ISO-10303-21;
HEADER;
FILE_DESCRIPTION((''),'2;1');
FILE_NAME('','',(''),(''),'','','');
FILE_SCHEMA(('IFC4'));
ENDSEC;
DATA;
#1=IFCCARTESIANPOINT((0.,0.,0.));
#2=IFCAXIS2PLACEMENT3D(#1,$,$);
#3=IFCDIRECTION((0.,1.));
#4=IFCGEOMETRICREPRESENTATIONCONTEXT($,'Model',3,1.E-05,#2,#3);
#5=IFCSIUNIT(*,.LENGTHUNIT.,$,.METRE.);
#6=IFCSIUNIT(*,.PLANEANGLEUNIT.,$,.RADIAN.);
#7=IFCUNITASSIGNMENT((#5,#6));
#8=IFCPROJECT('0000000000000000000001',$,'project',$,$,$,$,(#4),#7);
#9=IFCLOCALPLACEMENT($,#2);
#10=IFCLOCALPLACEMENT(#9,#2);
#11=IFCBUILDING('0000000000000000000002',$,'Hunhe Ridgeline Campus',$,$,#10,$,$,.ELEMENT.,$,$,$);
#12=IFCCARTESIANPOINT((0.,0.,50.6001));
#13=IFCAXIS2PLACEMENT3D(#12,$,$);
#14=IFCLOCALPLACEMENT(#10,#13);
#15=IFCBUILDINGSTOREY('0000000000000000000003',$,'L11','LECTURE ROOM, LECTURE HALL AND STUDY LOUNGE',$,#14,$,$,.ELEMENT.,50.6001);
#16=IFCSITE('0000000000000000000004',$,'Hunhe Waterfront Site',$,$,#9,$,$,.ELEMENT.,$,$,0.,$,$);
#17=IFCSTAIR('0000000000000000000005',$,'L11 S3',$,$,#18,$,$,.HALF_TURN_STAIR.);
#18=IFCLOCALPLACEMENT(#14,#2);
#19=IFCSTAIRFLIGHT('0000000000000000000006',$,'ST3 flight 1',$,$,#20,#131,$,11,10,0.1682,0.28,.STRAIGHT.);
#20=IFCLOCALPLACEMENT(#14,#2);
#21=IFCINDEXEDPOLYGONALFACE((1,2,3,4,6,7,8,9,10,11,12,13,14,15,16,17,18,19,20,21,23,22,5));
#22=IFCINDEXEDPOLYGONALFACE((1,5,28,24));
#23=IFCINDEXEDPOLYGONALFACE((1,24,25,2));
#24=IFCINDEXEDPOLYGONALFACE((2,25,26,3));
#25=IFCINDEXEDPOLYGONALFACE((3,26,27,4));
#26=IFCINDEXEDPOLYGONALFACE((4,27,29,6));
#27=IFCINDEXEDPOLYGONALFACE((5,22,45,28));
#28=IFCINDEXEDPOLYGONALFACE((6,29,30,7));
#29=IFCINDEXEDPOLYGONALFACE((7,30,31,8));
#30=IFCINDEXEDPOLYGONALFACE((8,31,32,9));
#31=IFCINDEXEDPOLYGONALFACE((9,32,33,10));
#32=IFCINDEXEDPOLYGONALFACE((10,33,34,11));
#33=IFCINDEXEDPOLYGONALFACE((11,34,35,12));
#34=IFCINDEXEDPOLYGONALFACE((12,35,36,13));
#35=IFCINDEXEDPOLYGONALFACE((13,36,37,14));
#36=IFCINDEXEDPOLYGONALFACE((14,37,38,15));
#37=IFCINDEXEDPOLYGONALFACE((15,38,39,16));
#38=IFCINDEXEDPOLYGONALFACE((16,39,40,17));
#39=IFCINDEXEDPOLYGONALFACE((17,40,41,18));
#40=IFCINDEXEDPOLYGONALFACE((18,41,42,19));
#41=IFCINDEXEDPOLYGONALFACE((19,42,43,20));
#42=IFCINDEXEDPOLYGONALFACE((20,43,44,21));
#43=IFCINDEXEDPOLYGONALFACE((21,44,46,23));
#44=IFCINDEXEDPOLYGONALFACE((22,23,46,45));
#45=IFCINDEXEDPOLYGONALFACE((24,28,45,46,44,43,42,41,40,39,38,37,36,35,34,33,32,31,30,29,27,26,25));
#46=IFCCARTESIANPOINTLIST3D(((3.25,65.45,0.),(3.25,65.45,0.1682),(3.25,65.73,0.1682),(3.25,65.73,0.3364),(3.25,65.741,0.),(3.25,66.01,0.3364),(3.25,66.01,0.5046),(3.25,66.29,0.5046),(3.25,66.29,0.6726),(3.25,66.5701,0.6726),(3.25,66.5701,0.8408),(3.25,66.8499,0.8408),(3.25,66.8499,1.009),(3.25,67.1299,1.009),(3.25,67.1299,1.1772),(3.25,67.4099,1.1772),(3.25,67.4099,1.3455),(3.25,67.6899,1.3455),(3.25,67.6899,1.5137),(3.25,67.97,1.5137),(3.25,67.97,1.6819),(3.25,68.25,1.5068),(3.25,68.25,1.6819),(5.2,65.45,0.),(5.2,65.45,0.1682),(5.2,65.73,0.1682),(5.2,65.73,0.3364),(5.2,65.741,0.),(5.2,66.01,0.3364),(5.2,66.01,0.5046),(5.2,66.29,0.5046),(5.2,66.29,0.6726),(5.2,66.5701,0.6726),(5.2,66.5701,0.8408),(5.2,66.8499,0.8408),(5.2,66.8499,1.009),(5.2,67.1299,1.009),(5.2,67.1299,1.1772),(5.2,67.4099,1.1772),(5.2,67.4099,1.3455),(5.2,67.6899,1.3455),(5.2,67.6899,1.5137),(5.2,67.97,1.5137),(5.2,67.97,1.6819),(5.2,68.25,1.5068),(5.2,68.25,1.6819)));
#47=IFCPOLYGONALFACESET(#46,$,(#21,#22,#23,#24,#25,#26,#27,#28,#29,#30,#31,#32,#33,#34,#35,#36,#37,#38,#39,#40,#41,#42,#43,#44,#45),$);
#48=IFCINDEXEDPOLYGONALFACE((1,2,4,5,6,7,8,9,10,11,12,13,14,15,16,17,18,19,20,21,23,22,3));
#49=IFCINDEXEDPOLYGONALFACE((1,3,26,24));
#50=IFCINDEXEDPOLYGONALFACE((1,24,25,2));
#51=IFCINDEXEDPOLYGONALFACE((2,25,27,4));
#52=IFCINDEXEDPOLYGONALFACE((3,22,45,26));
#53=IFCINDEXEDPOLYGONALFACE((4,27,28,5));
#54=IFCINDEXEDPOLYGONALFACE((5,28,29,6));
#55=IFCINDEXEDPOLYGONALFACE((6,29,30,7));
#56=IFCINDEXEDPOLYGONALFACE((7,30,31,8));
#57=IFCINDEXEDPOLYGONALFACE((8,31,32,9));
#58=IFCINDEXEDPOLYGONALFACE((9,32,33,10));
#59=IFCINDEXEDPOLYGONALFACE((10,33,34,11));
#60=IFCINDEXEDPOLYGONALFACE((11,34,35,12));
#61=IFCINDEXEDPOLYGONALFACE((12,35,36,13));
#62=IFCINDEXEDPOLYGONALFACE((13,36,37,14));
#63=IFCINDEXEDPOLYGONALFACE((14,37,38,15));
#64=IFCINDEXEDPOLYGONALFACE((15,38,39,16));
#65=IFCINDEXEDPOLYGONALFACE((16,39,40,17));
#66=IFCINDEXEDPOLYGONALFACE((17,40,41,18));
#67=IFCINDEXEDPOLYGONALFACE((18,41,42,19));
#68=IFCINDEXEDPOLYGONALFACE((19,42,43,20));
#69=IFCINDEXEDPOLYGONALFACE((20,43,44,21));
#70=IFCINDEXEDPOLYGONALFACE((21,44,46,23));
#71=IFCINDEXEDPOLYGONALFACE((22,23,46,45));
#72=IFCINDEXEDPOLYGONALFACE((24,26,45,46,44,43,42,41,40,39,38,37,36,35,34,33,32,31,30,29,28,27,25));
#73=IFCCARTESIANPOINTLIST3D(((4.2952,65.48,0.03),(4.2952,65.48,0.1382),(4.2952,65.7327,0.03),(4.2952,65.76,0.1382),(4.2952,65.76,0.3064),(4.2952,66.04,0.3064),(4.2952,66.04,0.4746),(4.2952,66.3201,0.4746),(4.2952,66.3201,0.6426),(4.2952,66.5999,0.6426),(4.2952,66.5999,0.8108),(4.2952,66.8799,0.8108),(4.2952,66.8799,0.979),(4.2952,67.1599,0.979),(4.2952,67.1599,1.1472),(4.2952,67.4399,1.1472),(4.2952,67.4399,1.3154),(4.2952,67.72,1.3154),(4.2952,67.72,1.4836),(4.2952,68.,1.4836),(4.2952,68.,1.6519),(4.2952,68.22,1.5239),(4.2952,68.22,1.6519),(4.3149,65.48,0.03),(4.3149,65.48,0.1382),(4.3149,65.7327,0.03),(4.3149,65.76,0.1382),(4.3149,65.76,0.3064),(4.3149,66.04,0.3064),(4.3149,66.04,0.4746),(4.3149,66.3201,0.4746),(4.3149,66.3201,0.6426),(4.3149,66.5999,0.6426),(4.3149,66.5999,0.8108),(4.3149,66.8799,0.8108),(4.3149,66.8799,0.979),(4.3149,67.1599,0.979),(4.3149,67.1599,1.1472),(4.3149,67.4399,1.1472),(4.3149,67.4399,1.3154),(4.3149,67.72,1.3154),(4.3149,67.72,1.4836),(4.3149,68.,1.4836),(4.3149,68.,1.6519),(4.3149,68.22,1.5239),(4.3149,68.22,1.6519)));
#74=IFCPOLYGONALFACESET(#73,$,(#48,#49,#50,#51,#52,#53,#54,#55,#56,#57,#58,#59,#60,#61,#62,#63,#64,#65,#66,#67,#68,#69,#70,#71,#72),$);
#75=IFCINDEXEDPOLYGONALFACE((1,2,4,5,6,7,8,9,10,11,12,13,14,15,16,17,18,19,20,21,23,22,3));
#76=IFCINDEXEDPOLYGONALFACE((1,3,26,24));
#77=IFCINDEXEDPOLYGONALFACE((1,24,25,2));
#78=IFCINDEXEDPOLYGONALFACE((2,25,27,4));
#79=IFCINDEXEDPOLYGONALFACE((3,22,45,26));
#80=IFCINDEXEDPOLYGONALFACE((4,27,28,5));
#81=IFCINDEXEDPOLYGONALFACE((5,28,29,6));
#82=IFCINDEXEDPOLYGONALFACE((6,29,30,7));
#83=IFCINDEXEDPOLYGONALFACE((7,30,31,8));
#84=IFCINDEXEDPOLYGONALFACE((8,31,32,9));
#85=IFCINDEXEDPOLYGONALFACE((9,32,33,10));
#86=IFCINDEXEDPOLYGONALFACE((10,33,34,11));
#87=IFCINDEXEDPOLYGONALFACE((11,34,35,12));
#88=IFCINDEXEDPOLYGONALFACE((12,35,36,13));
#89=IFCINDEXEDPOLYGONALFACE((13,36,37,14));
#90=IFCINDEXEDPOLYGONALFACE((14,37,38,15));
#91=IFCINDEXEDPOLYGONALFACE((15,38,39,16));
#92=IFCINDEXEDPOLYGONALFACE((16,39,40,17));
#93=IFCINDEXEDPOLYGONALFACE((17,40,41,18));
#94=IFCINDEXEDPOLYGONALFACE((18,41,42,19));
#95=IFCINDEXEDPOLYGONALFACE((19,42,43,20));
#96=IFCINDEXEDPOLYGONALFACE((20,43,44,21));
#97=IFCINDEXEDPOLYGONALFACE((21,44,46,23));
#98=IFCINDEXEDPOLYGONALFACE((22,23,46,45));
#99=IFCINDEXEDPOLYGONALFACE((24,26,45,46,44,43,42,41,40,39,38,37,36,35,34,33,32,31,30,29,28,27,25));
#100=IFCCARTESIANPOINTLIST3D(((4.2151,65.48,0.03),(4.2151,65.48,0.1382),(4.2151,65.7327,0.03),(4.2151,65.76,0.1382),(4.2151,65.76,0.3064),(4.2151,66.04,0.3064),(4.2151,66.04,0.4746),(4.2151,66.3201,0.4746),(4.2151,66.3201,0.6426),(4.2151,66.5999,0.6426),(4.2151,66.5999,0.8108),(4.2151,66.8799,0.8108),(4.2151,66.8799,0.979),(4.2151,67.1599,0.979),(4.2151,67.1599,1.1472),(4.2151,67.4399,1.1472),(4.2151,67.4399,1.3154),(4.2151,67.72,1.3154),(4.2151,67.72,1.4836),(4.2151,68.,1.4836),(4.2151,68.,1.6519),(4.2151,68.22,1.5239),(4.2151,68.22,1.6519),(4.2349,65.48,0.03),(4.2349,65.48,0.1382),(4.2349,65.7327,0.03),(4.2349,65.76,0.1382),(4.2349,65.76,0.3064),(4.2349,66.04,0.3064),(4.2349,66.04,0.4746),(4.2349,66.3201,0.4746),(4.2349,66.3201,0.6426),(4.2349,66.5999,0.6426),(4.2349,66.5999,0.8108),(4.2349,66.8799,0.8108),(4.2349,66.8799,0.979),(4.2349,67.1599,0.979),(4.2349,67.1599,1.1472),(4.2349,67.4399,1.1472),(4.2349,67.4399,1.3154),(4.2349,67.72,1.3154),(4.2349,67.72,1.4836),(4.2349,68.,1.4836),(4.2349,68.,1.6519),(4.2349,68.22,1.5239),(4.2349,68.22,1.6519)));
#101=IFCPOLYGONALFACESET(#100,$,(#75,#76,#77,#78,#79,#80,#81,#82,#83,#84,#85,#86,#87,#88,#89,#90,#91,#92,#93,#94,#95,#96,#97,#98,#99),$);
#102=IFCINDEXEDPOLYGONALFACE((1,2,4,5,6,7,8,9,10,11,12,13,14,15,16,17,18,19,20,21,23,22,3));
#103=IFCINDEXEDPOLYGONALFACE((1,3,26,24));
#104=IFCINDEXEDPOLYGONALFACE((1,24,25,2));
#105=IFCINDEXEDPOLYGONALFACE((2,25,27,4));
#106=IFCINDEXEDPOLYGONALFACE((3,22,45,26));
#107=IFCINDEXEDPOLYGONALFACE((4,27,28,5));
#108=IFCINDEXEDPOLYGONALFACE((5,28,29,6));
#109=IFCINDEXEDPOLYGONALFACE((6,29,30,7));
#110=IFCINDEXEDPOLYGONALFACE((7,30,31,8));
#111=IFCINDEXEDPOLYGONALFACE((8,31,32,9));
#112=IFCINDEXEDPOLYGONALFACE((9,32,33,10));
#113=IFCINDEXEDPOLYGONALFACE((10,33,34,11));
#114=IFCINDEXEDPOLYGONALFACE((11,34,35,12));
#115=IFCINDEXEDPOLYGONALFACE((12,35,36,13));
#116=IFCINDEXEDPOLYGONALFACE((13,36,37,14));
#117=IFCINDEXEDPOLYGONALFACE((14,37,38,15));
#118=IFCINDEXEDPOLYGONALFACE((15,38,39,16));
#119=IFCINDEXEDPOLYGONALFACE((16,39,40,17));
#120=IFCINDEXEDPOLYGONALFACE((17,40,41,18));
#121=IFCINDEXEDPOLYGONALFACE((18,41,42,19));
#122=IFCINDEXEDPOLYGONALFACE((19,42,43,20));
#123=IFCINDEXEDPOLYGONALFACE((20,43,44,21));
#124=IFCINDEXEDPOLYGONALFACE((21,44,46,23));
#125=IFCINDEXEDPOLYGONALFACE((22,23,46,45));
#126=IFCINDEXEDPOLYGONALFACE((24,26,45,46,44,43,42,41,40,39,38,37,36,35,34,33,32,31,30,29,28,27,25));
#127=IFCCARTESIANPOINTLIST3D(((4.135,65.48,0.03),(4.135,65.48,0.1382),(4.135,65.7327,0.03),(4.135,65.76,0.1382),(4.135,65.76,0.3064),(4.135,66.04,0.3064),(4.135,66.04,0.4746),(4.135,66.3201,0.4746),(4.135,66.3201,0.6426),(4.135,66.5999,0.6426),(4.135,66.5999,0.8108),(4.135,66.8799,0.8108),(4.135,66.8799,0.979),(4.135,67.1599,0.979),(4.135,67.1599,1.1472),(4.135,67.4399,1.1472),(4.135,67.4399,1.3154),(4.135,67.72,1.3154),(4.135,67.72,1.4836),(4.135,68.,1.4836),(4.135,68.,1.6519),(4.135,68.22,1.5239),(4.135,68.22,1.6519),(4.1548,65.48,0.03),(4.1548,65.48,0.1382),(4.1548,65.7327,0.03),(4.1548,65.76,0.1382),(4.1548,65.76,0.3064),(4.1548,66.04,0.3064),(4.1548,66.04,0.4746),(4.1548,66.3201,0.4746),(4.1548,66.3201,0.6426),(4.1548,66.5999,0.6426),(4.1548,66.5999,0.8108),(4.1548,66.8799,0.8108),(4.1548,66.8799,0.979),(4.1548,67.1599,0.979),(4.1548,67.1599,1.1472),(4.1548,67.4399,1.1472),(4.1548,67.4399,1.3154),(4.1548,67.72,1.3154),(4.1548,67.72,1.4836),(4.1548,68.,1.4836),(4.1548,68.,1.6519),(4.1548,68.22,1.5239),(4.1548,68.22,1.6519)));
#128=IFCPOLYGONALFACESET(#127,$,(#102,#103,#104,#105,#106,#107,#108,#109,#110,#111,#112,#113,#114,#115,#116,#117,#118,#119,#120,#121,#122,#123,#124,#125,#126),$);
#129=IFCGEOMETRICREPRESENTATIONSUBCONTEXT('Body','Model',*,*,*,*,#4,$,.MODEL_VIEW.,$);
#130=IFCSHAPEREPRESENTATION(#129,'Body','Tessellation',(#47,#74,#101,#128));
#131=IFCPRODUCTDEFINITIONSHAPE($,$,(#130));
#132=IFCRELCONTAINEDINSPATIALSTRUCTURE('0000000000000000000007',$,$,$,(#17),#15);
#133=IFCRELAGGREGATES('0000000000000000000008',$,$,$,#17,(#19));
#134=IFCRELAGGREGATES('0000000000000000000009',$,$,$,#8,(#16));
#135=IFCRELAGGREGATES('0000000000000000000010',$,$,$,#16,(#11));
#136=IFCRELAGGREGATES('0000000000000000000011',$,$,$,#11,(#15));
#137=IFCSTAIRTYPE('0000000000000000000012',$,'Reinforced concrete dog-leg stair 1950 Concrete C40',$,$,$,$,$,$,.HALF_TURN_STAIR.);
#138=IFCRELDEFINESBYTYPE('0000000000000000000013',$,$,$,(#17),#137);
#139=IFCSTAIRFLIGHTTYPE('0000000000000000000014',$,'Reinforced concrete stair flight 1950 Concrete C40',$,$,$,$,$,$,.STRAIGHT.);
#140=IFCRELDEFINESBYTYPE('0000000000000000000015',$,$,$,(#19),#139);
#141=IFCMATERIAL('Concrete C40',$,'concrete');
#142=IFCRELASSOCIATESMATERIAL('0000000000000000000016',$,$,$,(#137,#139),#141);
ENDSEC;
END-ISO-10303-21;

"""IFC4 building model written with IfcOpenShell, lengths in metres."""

from ifc_helpers import new_model, si_unit, direction, frame, origin, place, context, subcontext, project, spatial, polyline, outline, extrude, material, type_object, element, aggregate, save


model = new_model("IFC4")

# Units and contexts
model_context = context("Model", 3, precision=1e-05, world=origin(), true_north=direction((0.0, 1.0)))
body_context = subcontext(model_context, "Body", "Model", "MODEL_VIEW")
ifc_project = project(units=[si_unit("LENGTHUNIT", "METRE"), si_unit("PLANEANGLEUNIT", "RADIAN")], contexts=[model_context])

# Site, building, storey
site_placement = place(None, origin())
site = spatial("IfcSite", under=ifc_project, at=site_placement, Name="Hunhe Waterfront Site", CompositionType="ELEMENT", RefElevation=0.0)
building_placement = place(site_placement, origin())
building = spatial("IfcBuilding", under=site, at=building_placement, Name="Hunhe Ridgeline Campus", CompositionType="ELEMENT")
storey_placement = place(building_placement, frame((0.0, 0.0, 50.6001)))
storey = spatial("IfcBuildingStorey", under=building, at=storey_placement, Name="L11", Description="LECTURE ROOM, LECTURE HALL AND STUDY LOUNGE", CompositionType="ELEMENT", Elevation=50.6001)

# Stair, stair flight
ifc_material_1 = material(Name="Concrete C40", Category="concrete")
stair_type = type_object("IfcStairType", Name="Reinforced concrete dog-leg stair 1950 Concrete C40", PredefinedType="HALF_TURN_STAIR", material=ifc_material_1)
stair_1_placement = place(storey_placement, origin())
stair_1 = element("IfcStair", 1, at=stair_1_placement, inside=storey, type_object=stair_type, Name="L11 S3", PredefinedType="HALF_TURN_STAIR")
stair_flight_type = type_object("IfcStairFlightType", Name="Reinforced concrete stair flight 1950 Concrete C40", PredefinedType="STRAIGHT", material=ifc_material_1)
stair_flight_1_placement = place(storey_placement, frame((4.2251, 65.45, 0.0), z_axis=(0.0, 0.0, 1.0), x_axis=(0.0, 1.0, 0.0)))
stair_flight_1 = element("IfcStairFlight", 2, at=stair_flight_1_placement, type_object=stair_flight_type, Name="ST3 flight 1", NumberOfRisers=11, NumberOfTreads=10, PredefinedType="STRAIGHT", RiserHeight=0.1682, TreadLength=0.28, context=body_context, shape_type="SweptSolid", body=[
    extrude(outline(polyline([(0.0, 0.0), (0.0, 0.1682), (0.28, 0.1682), (0.28, 0.3364), (0.5601, 0.3364), (0.5601, 0.5046), (0.8401, 0.5046), (0.8401, 0.6726), (1.1201, 0.6726), (1.1201, 0.8408), (1.3999, 0.8408), (1.3999, 1.009), (1.6799, 1.009), (1.6799, 1.1772), (1.96, 1.1772), (1.96, 1.3455), (2.24, 1.3455), (2.24, 1.5137), (2.52, 1.5137), (2.52, 1.6819), (2.8, 1.6819), (2.8, 1.8501), (2.8, 1.5068), (0.291, 0.0), (0.0, 0.0)])), frame((0.0, 0.9751, 0.0), z_axis=(0.0, -1.0, 0.0), x_axis=(1.0, 0.0, 0.0)), (0.0, 0.0, 1.0), 1.95),
    extrude(outline(polyline([(0.03, 0.03), (0.03, 0.1382), (0.3101, 0.1382), (0.3101, 0.3064), (0.5901, 0.3064), (0.5901, 0.4746), (0.8701, 0.4746), (0.8701, 0.6426), (1.1499, 0.6426), (1.1499, 0.8108), (1.4299, 0.8108), (1.4299, 0.979), (1.71, 0.979), (1.71, 1.1472), (1.99, 1.1472), (1.99, 1.3154), (2.27, 1.3154), (2.27, 1.4836), (2.55, 1.4836), (2.55, 1.6519), (2.77, 1.6519), (2.77, 1.5239), (0.2827, 0.03), (0.03, 0.03)])), frame((0.0, -0.0701, 0.0), z_axis=(0.0, -1.0, 0.0), x_axis=(1.0, 0.0, 0.0)), (0.0, 0.0, 1.0), 0.0198),
    extrude(outline(polyline([(0.03, 0.03), (0.03, 0.1382), (0.3101, 0.1382), (0.3101, 0.3064), (0.5901, 0.3064), (0.5901, 0.4746), (0.8701, 0.4746), (0.8701, 0.6426), (1.1499, 0.6426), (1.1499, 0.8108), (1.4299, 0.8108), (1.4299, 0.979), (1.71, 0.979), (1.71, 1.1472), (1.99, 1.1472), (1.99, 1.3154), (2.27, 1.3154), (2.27, 1.4836), (2.55, 1.4836), (2.55, 1.6519), (2.77, 1.6519), (2.77, 1.5239), (0.2827, 0.03), (0.03, 0.03)])), frame((0.0, 0.01, 0.0), z_axis=(0.0, -1.0, 0.0), x_axis=(1.0, 0.0, 0.0)), (0.0, 0.0, 1.0), 0.0198),
    extrude(outline(polyline([(0.03, 0.03), (0.03, 0.1382), (0.3101, 0.1382), (0.3101, 0.3064), (0.5901, 0.3064), (0.5901, 0.4746), (0.8701, 0.4746), (0.8701, 0.6426), (1.1499, 0.6426), (1.1499, 0.8108), (1.4299, 0.8108), (1.4299, 0.979), (1.71, 0.979), (1.71, 1.1472), (1.99, 1.1472), (1.99, 1.3154), (2.27, 1.3154), (2.27, 1.4836), (2.55, 1.4836), (2.55, 1.6519), (2.77, 1.6519), (2.77, 1.5239), (0.2827, 0.03), (0.03, 0.03)])), frame((0.0, 0.0901, 0.0), z_axis=(0.0, -1.0, 0.0), x_axis=(1.0, 0.0, 0.0)), (0.0, 0.0, 1.0), 0.0198),
])
aggregate(stair_1, [stair_flight_1])

save(model, "model.ifc")
